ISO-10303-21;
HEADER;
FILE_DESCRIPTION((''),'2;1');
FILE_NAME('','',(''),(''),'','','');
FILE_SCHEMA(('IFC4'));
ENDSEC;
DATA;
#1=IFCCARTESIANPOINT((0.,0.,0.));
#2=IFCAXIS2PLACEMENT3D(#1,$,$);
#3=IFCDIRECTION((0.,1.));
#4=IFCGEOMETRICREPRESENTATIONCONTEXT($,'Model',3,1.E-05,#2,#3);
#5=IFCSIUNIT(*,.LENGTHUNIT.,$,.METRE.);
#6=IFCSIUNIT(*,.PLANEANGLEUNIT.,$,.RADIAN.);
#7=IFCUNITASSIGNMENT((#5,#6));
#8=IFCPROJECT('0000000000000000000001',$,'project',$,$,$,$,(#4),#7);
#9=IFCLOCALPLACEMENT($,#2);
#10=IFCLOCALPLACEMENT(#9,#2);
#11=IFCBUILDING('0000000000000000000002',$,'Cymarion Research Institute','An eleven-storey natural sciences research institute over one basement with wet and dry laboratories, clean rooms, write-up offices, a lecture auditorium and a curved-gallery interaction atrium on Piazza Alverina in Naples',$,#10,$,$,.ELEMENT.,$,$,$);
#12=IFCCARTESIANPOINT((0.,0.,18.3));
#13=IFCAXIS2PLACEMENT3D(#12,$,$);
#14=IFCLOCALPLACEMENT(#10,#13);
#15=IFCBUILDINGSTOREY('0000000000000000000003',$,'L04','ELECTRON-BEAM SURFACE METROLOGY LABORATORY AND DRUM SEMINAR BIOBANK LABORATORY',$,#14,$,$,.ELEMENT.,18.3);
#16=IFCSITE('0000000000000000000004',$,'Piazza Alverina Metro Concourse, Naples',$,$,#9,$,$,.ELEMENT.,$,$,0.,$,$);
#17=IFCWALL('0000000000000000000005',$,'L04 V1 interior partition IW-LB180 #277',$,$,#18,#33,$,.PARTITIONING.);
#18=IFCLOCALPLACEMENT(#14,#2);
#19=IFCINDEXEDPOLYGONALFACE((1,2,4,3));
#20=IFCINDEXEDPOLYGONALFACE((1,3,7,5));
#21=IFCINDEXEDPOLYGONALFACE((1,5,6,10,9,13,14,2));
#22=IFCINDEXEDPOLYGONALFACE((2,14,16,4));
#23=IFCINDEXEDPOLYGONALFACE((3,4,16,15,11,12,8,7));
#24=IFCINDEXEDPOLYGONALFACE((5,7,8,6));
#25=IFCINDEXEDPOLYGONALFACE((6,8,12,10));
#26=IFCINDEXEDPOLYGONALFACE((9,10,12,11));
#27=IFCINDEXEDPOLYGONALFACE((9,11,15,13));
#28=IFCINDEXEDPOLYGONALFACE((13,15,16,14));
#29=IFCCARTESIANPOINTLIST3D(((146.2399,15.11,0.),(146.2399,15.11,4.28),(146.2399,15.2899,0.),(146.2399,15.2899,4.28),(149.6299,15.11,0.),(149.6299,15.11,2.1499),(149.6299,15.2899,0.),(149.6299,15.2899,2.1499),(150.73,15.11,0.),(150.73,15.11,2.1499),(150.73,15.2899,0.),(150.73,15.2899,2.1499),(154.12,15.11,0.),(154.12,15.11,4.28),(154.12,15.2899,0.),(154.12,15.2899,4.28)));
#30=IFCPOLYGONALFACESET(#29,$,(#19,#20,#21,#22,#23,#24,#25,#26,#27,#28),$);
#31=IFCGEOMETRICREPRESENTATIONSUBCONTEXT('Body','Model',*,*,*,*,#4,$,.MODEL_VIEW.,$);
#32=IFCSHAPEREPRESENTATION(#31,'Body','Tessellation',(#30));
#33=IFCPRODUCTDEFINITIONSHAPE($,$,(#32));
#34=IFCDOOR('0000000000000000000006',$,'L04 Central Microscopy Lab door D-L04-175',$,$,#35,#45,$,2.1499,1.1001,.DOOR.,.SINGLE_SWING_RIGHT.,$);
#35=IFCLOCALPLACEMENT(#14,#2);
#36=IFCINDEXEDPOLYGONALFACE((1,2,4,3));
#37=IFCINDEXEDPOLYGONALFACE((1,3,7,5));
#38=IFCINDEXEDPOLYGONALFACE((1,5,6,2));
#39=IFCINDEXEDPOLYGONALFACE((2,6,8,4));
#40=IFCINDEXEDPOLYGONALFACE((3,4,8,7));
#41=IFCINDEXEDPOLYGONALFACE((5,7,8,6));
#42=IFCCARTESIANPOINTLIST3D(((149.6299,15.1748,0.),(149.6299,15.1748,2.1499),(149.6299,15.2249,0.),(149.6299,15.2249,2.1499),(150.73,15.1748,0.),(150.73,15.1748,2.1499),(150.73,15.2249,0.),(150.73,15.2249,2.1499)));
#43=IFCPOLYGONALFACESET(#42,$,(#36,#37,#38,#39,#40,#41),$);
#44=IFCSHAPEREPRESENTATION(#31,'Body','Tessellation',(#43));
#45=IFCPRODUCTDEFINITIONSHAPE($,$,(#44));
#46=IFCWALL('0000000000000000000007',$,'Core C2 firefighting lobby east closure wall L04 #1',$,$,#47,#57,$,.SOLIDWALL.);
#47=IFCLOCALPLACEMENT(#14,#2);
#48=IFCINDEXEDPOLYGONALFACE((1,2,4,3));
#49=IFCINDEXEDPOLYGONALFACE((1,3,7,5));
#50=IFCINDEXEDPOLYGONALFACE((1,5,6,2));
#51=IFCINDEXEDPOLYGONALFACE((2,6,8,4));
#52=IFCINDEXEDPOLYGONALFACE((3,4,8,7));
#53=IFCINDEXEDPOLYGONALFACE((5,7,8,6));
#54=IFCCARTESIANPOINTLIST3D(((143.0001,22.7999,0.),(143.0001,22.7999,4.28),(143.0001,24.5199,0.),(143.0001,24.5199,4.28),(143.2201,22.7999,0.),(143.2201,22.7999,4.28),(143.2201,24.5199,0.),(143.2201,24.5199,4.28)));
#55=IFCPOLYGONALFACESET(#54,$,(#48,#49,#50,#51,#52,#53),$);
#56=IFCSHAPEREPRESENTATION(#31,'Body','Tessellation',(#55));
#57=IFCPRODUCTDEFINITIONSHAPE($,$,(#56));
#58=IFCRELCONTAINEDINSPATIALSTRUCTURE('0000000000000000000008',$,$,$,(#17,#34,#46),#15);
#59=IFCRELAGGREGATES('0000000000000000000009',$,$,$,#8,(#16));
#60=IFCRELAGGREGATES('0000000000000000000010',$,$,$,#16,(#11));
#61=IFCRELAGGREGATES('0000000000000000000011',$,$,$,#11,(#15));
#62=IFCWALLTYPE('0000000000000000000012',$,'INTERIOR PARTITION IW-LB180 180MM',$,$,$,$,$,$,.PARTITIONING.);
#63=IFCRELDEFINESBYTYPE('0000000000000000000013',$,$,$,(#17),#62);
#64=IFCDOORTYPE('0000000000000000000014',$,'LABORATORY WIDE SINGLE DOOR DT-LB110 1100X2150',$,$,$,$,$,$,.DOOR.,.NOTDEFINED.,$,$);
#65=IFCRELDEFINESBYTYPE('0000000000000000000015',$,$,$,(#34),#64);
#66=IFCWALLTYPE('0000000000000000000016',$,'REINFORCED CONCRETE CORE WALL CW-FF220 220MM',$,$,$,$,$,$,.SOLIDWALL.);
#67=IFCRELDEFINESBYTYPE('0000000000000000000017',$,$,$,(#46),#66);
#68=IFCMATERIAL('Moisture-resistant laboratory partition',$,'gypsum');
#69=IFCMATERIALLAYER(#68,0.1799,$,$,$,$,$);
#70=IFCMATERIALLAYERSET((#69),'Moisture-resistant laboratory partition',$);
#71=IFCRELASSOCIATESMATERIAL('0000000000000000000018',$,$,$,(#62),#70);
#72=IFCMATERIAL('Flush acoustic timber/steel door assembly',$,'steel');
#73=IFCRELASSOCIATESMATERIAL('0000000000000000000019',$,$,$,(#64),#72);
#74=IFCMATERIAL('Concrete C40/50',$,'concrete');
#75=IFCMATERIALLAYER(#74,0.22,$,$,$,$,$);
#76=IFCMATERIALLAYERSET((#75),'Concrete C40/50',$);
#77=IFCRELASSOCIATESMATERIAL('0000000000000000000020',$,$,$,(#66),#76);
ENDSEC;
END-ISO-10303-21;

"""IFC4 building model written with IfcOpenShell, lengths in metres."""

from ifc_helpers import new_model, si_unit, direction, frame, frame_2d, origin, place, context, subcontext, project, spatial, rectangle, extrude, material, layer, layer_set, type_object, element, fill, save


model = new_model("IFC4")

# Units and contexts
model_context = context("Model", 3, precision=1e-05, world=origin(), true_north=direction((0.0, 1.0)))
body_context = subcontext(model_context, "Body", "Model", "MODEL_VIEW")
ifc_project = project(units=[si_unit("LENGTHUNIT", "METRE"), si_unit("PLANEANGLEUNIT", "RADIAN")], contexts=[model_context])

# Site, building, storey
site_placement = place(None, origin())
site = spatial("IfcSite", under=ifc_project, at=site_placement, Name="Piazza Alverina Metro Concourse, Naples", CompositionType="ELEMENT", RefElevation=0.0)
building_placement = place(site_placement, origin())
building = spatial("IfcBuilding", under=site, at=building_placement, Name="Cymarion Research Institute", Description="An eleven-storey natural sciences research institute over one basement with wet and dry laboratories, clean rooms, write-up offices, a lecture auditorium and a curved-gallery interaction atrium on Piazza Alverina in Naples", CompositionType="ELEMENT")
storey_placement = place(building_placement, frame((0.0, 0.0, 18.3)))
storey = spatial("IfcBuildingStorey", under=building, at=storey_placement, Name="L04", Description="ELECTRON-BEAM SURFACE METROLOGY LABORATORY AND DRUM SEMINAR BIOBANK LABORATORY", CompositionType="ELEMENT", Elevation=18.3)

# Shared definitions
ifc_material_1 = material(Name="Flush acoustic timber/steel door assembly", Category="steel")

# Shared definitions
ifc_material_2 = material(Name="Moisture-resistant laboratory partition", Category="gypsum")
ifc_layer_1 = layer(ifc_material_2, 0.1799)
ifc_layer_set_1 = layer_set([ifc_layer_1], Name="Moisture-resistant laboratory partition")
wall_type_1 = type_object("IfcWallType", Name="INTERIOR PARTITION IW-LB180 180MM", PredefinedType="PARTITIONING", material=ifc_layer_set_1)

# Wall, opening, door
wall_1_placement = place(storey_placement, frame((146.24, 15.2, 0.0), z_axis=(0.0, 0.0, 1.0), x_axis=(1.0, 0.0, 0.0)))
wall_1 = element("IfcWall", 1, at=wall_1_placement, inside=storey, type_object=wall_type_1, Name="L04 V1 interior partition IW-LB180 #277", PredefinedType="PARTITIONING", context=body_context, shape_type="SweptSolid", body=[
    extrude(rectangle(XDim=7.8801, YDim=0.1799, at=frame_2d((3.9399, 0.0))), origin(), (0.0, 0.0, 1.0), 4.28),
])
opening_1_placement = place(wall_1_placement, frame((3.3899, 0.0, 0.0)))
opening_1 = element("IfcOpeningElement", 2, at=opening_1_placement, cuts=wall_1, PredefinedType="OPENING", context=body_context, shape_type="SweptSolid", body=[
    extrude(rectangle(XDim=1.1001, YDim=2.1499, at=frame_2d((0.55, 1.075))), frame((0.0, 0.0999, 0.0), z_axis=(0.0, -1.0, 0.0), x_axis=(1.0, 0.0, 0.0)), (0.0, 0.0, 1.0), 0.2),
])
door_type_1 = type_object("IfcDoorType", Name="LABORATORY WIDE SINGLE DOOR DT-LB110 1100X2150", OperationType="NOTDEFINED", PredefinedType="DOOR", material=ifc_material_1)
door_1_placement = place(opening_1_placement, origin())
door_1 = element("IfcDoor", 3, at=door_1_placement, inside=storey, type_object=door_type_1, Name="L04 Central Microscopy Lab door D-L04-175", OperationType="SINGLE_SWING_RIGHT", OverallHeight=2.1499, OverallWidth=1.1001, PredefinedType="DOOR", context=body_context, shape_type="SweptSolid", body=[
    extrude(rectangle(XDim=1.1001, YDim=2.1499, at=frame_2d((0.55, 1.075))), frame((0.0, 0.0249, 0.0), z_axis=(0.0, -1.0, 0.0), x_axis=(1.0, 0.0, 0.0)), (0.0, 0.0, 1.0), 0.05),
])
fill(opening_1, door_1)
ifc_material_3 = material(Name="Concrete C40/50", Category="concrete")
ifc_layer_2 = layer(ifc_material_3, 0.22)
ifc_layer_set_2 = layer_set([ifc_layer_2], Name="Concrete C40/50")
wall_type_2 = type_object("IfcWallType", Name="REINFORCED CONCRETE CORE WALL CW-FF220 220MM", PredefinedType="SOLIDWALL", material=ifc_layer_set_2)

# Wall
wall_2_placement = place(storey_placement, frame((143.1101, 22.8, 0.0), z_axis=(0.0, 0.0, 1.0), x_axis=(0.0, 1.0, 0.0)))
element("IfcWall", 4, at=wall_2_placement, inside=storey, type_object=wall_type_2, Name="Core C2 firefighting lobby east closure wall L04 #1", PredefinedType="SOLIDWALL", context=body_context, shape_type="SweptSolid", body=[
    extrude(rectangle(XDim=1.72, YDim=0.22, at=frame_2d((0.8599, 0.0))), origin(), (0.0, 0.0, 1.0), 4.28),
])

save(model, "model.ifc")
